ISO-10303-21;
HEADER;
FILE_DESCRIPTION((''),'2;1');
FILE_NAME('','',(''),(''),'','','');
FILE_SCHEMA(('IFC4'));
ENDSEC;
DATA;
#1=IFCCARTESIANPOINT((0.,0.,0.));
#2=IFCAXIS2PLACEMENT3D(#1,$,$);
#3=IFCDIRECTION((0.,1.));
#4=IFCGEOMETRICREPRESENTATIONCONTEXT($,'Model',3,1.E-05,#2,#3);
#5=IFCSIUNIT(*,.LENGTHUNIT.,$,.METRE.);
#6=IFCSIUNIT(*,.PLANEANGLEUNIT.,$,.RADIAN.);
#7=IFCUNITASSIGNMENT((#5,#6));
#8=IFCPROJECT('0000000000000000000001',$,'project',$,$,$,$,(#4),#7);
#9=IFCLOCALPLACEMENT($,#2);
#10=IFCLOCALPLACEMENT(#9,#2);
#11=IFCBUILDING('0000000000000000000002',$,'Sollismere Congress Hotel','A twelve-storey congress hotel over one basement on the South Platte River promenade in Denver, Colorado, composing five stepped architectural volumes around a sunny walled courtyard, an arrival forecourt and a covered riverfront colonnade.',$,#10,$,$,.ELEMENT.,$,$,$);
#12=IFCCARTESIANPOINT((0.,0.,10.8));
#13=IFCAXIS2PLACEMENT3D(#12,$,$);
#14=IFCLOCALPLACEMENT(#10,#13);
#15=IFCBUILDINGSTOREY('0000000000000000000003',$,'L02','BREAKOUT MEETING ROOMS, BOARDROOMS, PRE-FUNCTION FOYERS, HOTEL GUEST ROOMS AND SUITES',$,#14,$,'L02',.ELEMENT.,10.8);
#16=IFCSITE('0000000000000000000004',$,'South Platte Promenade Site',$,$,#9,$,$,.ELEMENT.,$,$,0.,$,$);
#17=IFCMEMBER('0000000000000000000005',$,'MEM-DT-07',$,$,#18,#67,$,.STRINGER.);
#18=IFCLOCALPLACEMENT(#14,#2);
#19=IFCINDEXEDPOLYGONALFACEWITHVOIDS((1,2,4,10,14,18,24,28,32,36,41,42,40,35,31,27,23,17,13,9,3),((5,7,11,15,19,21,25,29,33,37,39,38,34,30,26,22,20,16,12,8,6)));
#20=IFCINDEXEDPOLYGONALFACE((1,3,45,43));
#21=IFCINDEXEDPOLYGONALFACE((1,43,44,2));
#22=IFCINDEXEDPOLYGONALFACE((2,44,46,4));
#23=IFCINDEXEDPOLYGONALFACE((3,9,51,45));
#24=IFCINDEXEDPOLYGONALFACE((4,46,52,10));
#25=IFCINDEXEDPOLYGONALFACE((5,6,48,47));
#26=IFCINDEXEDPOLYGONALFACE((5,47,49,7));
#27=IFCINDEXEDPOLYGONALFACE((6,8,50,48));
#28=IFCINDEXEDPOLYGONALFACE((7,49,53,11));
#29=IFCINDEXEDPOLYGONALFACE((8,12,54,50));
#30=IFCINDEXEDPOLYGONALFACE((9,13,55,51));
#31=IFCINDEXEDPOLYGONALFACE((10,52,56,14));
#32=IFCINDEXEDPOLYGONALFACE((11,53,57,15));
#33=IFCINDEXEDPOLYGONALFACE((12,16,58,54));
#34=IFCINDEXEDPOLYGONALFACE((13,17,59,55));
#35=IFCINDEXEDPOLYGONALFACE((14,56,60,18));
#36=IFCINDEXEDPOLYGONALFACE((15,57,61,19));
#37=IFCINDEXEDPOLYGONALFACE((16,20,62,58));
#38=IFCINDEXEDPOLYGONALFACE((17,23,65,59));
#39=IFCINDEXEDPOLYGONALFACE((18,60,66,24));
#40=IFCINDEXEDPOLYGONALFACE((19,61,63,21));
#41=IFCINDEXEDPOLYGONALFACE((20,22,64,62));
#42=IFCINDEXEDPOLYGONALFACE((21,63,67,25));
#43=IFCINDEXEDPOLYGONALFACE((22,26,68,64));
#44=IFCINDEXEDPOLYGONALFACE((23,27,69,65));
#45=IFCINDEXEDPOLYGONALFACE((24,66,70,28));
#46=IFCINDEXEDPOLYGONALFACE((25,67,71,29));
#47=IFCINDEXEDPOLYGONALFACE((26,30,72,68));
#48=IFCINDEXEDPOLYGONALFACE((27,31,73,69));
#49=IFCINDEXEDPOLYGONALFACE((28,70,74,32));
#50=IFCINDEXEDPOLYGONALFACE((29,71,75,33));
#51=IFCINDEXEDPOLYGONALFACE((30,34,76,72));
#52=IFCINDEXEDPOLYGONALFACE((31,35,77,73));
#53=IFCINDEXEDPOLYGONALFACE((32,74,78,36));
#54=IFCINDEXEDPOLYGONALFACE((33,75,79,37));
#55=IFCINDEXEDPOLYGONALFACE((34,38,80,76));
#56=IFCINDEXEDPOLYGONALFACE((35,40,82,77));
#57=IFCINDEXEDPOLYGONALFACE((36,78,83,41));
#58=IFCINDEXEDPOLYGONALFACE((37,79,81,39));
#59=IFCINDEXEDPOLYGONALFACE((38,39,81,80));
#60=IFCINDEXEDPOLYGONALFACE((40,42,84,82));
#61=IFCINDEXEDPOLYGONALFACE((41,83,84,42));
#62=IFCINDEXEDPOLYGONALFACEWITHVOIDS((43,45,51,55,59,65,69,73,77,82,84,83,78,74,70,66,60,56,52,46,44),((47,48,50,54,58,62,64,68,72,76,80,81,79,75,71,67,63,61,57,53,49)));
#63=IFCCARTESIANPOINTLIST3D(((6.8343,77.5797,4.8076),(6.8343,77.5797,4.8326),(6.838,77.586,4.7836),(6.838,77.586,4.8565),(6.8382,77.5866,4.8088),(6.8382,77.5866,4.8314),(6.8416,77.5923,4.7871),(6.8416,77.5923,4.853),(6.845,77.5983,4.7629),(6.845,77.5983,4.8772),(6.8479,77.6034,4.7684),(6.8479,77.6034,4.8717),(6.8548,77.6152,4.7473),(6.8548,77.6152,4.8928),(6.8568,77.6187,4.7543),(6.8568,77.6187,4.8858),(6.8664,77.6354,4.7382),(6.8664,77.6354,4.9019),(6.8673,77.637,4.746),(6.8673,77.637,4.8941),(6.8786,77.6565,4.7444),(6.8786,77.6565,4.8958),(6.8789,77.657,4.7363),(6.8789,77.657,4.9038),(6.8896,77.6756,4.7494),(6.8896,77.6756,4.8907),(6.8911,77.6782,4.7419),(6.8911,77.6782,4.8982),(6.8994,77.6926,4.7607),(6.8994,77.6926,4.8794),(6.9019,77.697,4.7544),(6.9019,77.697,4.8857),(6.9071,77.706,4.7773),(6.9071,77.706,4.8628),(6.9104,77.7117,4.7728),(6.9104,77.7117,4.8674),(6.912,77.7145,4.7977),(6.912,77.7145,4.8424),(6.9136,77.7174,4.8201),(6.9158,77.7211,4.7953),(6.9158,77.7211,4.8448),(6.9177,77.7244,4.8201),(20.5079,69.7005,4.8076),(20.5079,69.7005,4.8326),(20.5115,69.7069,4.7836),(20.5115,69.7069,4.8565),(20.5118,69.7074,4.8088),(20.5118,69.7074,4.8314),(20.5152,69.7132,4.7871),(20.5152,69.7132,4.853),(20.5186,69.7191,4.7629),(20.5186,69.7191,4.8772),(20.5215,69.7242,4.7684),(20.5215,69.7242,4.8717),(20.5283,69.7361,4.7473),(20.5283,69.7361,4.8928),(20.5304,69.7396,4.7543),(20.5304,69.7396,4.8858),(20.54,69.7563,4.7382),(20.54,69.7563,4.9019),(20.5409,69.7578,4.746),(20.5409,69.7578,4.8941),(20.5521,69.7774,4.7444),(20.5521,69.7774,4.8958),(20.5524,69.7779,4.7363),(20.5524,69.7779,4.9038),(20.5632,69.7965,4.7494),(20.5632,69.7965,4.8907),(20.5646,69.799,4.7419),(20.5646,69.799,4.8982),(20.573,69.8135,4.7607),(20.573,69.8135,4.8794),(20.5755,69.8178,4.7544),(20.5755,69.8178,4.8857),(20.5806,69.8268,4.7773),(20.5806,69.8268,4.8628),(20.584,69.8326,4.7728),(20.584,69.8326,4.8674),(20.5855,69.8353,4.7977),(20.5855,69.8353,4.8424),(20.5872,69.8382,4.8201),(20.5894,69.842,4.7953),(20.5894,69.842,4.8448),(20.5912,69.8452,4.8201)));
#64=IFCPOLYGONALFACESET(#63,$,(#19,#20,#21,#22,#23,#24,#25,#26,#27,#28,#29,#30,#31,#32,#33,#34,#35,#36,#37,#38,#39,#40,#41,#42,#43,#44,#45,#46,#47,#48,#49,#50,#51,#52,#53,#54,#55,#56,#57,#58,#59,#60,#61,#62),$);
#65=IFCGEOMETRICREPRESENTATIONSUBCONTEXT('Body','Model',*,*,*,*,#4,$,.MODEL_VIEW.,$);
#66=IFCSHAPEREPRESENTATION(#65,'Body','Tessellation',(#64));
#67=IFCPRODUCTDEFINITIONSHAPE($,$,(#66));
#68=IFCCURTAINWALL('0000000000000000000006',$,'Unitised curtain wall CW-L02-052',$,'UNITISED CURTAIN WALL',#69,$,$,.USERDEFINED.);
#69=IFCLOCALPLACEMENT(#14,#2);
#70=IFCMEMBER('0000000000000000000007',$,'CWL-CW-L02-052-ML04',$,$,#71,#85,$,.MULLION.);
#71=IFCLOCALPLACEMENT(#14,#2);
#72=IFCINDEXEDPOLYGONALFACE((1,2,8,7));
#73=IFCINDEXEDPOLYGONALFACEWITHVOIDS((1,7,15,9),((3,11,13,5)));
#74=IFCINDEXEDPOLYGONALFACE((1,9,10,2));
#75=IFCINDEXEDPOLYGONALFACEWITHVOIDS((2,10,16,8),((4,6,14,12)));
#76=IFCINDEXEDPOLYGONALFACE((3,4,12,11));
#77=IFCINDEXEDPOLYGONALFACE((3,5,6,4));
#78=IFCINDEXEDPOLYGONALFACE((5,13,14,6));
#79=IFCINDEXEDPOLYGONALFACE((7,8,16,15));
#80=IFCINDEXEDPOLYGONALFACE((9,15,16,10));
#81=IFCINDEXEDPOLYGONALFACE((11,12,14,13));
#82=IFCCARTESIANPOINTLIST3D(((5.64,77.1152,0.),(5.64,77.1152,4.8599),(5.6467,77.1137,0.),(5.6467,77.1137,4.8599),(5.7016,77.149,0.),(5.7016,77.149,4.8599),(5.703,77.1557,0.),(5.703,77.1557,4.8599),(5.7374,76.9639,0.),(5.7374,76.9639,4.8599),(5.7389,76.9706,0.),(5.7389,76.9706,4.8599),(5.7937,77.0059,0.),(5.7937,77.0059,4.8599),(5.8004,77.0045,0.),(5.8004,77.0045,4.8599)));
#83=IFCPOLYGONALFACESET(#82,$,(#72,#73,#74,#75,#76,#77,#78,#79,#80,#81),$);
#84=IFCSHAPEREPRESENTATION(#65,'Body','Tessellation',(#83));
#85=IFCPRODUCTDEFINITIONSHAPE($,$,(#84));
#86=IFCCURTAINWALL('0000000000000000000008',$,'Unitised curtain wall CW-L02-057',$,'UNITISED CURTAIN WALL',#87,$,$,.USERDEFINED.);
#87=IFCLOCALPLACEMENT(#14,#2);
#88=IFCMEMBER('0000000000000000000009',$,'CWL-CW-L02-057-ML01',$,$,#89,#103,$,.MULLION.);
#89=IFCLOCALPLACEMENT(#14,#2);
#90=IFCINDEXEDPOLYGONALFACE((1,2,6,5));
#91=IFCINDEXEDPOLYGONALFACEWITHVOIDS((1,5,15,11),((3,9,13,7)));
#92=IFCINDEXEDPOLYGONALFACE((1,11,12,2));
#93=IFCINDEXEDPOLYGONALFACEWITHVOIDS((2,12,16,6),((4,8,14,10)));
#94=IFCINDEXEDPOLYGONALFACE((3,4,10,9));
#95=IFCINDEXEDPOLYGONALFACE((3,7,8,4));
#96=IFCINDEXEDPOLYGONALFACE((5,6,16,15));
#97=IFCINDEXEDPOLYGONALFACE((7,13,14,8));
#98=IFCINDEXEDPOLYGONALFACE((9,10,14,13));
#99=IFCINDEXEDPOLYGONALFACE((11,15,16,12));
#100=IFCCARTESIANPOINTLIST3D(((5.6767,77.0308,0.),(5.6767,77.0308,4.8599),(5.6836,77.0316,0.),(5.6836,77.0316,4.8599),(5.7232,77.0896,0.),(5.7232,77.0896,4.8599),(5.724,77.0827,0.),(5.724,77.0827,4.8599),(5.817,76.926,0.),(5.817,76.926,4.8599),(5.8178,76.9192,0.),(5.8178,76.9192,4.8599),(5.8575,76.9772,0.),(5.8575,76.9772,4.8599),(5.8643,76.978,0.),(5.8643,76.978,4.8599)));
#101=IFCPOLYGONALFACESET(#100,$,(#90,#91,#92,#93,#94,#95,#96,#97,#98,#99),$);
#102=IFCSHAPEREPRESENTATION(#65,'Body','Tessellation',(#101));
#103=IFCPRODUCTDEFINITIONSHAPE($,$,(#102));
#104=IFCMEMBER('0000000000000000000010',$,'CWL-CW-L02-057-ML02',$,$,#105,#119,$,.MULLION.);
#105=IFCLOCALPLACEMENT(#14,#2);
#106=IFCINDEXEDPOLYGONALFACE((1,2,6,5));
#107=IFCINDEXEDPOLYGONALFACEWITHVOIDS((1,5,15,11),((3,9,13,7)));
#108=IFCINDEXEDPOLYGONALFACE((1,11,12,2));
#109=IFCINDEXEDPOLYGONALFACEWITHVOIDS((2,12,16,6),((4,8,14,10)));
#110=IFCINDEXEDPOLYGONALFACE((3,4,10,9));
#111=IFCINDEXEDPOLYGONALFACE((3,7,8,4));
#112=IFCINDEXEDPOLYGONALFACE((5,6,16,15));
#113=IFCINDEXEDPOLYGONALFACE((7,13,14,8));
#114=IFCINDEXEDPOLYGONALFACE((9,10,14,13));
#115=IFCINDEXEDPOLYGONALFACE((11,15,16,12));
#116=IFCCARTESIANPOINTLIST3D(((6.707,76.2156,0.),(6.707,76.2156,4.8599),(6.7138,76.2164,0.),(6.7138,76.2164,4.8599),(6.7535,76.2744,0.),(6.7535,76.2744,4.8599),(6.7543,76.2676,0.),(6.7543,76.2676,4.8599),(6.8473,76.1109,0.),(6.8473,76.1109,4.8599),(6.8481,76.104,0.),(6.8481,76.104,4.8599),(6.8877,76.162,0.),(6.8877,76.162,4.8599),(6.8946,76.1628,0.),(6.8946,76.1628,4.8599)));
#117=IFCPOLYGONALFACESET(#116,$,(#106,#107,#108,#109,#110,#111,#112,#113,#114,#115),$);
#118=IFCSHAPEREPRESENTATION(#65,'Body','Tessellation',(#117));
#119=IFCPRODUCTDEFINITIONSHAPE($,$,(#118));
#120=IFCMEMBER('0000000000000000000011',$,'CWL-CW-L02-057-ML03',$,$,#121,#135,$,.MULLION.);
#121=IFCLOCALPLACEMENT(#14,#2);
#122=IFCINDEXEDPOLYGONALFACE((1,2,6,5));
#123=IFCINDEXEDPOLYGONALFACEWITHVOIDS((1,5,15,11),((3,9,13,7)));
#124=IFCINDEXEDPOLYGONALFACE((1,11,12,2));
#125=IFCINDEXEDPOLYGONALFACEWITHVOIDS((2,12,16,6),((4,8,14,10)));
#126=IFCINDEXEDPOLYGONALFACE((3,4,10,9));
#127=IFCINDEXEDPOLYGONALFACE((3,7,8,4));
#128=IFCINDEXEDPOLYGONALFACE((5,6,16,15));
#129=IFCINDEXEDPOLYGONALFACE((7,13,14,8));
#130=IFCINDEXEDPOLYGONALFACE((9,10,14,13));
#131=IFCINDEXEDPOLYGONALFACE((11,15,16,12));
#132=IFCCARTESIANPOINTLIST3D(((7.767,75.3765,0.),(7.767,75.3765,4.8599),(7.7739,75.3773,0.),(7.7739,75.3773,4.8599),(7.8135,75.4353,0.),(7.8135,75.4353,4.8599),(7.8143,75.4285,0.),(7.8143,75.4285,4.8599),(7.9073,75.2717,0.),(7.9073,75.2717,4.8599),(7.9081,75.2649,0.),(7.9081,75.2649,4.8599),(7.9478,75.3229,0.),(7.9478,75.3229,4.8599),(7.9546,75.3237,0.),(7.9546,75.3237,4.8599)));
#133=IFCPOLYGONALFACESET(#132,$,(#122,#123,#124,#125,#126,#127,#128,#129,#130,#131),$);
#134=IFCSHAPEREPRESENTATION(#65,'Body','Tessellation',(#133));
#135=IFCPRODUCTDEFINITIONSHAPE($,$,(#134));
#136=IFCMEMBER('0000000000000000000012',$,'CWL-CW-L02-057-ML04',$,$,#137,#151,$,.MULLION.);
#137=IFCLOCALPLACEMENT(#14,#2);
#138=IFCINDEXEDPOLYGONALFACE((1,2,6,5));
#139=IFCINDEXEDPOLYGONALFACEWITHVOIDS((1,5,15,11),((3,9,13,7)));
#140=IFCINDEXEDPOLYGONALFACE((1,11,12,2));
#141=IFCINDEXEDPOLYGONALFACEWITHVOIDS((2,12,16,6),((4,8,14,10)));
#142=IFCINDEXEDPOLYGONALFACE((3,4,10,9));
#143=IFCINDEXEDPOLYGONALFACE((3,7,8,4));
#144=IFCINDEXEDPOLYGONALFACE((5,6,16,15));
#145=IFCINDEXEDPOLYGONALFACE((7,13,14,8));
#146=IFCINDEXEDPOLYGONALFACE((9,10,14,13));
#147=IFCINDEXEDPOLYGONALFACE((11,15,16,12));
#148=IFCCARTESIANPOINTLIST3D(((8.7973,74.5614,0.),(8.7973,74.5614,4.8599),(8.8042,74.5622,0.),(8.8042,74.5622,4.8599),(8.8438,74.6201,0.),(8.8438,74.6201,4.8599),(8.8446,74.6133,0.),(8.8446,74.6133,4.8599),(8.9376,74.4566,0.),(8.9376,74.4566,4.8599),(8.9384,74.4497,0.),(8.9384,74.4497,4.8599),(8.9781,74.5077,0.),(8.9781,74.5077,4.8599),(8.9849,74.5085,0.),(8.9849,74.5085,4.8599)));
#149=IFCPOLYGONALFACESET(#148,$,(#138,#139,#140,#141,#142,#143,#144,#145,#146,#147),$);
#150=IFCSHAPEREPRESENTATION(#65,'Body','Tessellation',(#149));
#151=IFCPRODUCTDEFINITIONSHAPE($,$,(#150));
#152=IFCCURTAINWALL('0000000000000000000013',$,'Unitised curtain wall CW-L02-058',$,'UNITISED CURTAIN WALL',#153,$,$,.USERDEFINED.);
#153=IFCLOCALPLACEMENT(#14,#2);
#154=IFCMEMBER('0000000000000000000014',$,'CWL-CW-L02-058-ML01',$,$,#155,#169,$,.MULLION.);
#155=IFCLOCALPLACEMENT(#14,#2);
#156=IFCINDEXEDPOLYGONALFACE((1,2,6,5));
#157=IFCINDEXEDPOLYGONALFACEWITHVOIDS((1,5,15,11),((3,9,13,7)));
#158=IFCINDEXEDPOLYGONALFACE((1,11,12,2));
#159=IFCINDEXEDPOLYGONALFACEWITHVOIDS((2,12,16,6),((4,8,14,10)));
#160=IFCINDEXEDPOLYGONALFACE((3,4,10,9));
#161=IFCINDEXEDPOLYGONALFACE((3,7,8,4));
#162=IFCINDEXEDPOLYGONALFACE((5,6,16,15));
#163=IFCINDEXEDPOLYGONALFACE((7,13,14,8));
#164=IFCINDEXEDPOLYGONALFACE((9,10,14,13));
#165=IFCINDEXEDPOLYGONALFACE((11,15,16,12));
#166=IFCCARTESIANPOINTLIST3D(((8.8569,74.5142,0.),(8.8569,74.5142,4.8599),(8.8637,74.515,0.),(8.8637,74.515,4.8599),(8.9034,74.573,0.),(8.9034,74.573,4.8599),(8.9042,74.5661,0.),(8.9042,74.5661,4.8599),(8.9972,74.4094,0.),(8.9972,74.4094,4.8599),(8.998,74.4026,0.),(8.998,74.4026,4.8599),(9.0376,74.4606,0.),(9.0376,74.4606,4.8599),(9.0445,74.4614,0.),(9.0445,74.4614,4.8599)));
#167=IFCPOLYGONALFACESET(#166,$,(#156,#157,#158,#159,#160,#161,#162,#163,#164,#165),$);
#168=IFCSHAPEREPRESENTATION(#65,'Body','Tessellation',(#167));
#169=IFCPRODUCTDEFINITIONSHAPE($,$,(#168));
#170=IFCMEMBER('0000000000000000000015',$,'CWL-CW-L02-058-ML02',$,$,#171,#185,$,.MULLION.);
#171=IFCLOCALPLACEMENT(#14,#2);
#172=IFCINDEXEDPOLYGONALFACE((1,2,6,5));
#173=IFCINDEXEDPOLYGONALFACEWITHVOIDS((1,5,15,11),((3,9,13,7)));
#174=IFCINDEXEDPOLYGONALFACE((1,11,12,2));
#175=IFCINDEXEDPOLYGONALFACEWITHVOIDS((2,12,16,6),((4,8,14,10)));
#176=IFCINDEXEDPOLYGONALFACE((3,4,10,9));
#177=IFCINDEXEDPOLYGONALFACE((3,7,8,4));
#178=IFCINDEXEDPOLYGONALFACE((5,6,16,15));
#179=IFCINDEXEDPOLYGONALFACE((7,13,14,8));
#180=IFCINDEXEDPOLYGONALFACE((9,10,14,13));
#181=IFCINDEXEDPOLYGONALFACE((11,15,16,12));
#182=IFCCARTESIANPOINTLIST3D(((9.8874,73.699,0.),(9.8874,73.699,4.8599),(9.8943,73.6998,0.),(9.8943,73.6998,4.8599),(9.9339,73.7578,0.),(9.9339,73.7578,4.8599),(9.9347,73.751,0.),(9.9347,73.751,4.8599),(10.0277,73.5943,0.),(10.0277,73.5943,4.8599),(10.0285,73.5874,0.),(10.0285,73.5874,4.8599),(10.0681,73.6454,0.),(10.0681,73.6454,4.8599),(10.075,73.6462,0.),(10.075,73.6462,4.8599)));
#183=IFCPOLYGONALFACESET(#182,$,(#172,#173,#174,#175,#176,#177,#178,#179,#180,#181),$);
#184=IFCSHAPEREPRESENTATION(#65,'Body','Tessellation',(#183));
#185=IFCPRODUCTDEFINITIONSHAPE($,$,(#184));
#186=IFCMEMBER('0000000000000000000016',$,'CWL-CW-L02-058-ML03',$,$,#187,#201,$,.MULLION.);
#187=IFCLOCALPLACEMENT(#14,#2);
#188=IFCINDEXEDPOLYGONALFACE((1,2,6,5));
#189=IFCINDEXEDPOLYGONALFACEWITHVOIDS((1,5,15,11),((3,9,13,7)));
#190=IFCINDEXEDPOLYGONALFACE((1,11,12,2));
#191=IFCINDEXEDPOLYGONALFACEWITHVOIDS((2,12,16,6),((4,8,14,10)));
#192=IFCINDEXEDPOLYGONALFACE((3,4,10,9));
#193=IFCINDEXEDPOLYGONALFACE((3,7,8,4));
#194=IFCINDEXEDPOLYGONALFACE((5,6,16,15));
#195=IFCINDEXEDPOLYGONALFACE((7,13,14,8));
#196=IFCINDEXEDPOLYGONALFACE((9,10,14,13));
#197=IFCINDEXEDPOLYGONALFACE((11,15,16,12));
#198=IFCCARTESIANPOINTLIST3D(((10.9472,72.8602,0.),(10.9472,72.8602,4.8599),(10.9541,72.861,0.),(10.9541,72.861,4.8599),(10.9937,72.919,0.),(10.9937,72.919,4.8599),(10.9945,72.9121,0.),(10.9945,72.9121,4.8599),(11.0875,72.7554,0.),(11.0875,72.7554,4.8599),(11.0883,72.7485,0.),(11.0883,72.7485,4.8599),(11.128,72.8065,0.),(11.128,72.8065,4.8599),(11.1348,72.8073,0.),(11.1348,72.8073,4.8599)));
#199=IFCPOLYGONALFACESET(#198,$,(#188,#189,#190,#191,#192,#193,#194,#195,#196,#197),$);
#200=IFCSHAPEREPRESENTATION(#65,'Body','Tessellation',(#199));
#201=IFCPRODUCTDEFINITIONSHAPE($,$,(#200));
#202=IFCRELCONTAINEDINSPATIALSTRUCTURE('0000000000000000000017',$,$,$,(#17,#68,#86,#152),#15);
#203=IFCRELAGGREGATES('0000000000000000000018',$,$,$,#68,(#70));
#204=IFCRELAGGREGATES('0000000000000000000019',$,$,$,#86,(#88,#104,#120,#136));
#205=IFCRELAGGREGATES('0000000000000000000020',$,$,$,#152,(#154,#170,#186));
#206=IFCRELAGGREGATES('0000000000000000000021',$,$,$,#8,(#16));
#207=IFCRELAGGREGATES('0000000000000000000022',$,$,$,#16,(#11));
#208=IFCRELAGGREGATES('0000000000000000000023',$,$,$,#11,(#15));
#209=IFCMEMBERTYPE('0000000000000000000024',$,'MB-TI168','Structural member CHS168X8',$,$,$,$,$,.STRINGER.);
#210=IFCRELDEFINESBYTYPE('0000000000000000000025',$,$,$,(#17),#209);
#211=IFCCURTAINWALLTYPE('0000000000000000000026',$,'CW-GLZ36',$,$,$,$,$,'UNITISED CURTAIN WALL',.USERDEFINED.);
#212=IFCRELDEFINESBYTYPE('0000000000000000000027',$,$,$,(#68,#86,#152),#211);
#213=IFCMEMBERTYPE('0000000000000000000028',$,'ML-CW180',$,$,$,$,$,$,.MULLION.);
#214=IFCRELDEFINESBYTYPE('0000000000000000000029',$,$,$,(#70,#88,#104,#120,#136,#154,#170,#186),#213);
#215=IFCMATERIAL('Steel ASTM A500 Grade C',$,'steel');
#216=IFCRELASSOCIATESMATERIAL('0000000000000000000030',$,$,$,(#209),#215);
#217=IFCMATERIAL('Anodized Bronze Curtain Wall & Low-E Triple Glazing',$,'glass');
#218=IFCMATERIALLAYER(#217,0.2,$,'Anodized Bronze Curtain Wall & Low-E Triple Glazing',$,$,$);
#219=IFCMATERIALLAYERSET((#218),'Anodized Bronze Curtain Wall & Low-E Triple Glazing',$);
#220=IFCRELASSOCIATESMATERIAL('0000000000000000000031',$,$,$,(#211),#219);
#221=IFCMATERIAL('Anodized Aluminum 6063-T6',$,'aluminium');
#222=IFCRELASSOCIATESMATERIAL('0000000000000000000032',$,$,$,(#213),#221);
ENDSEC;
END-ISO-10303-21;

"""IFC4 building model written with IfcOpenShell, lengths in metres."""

from ifc_helpers import new_model, si_unit, direction, frame, origin, origin_2d, place, context, subcontext, project, spatial, hollow_rectangle, hollow_circle, extrude, material, layer, layer_set, material_profile, profile_set, type_object, element, aggregate, save


model = new_model("IFC4")

# Units and contexts
model_context = context("Model", 3, precision=1e-05, world=origin(), true_north=direction((0.0, 1.0)))
body_context = subcontext(model_context, "Body", "Model", "MODEL_VIEW")
ifc_project = project(units=[si_unit("LENGTHUNIT", "METRE"), si_unit("PLANEANGLEUNIT", "RADIAN")], contexts=[model_context])

# Site, building, storey
site_placement = place(None, origin())
site = spatial("IfcSite", under=ifc_project, at=site_placement, Name="South Platte Promenade Site", CompositionType="ELEMENT", RefElevation=0.0)
building_placement = place(site_placement, origin())
building = spatial("IfcBuilding", under=site, at=building_placement, Name="Sollismere Congress Hotel", Description="A twelve-storey congress hotel over one basement on the South Platte River promenade in Denver, Colorado, composing five stepped architectural volumes around a sunny walled courtyard, an arrival forecourt and a covered riverfront colonnade.", CompositionType="ELEMENT")
storey_placement = place(building_placement, frame((0.0, 0.0, 10.8)))
storey = spatial("IfcBuildingStorey", under=building, at=storey_placement, Name="L02", Description="BREAKOUT MEETING ROOMS, BOARDROOMS, PRE-FUNCTION FOYERS, HOTEL GUEST ROOMS AND SUITES", LongName="L02", CompositionType="ELEMENT", Elevation=10.8)

# Shared definitions
ifc_material_1 = material(Name="Steel ASTM A500 Grade C", Category="steel")

# Member
ifc_material_profile_1 = material_profile(ifc_material_1, hollow_circle(Radius=0.084, WallThickness=0.0081, at=origin_2d()), Name="CHS168X8")
ifc_profile_set_1 = profile_set([ifc_material_profile_1], Name="Steel ASTM A500 Grade C")
member_type_1 = type_object("IfcMemberType", Name="MB-TI168", Description="Structural member CHS168X8", PredefinedType="STRINGER", material=ifc_profile_set_1)
member_1_placement = place(storey_placement, frame((6.8757, 77.6516, 4.8201), z_axis=(0.866445, -0.499273, 0.0), x_axis=(0.499273, 0.866445, 0.0)))
element("IfcMember", 1, at=member_1_placement, inside=storey, type_object=member_type_1, Name="MEM-DT-07", PredefinedType="STRINGER", context=body_context, shape_type="SweptSolid", body=[
    extrude(hollow_circle(Radius=0.084, WallThickness=0.0081, at=origin_2d()), origin(), (0.0, 0.0, 1.0), 15.7812),
])

# Curtain wall, member
ifc_material_2 = material(Name="Anodized Bronze Curtain Wall & Low-E Triple Glazing", Category="glass")
ifc_layer_1 = layer(ifc_material_2, 0.2, Name="Anodized Bronze Curtain Wall & Low-E Triple Glazing")
ifc_layer_set_1 = layer_set([ifc_layer_1], Name="Anodized Bronze Curtain Wall & Low-E Triple Glazing")
curtain_wall_type = type_object("IfcCurtainWallType", Name="CW-GLZ36", ElementType="UNITISED CURTAIN WALL", PredefinedType="USERDEFINED", material=ifc_layer_set_1)
curtain_wall_1_placement = place(storey_placement, origin())
curtain_wall_1 = element("IfcCurtainWall", 2, at=curtain_wall_1_placement, inside=storey, type_object=curtain_wall_type, Name="Unitised curtain wall CW-L02-052", ObjectType="UNITISED CURTAIN WALL", PredefinedType="USERDEFINED")
ifc_material_3 = material(Name="Anodized Aluminum 6063-T6", Category="aluminium")
ifc_material_profile_2 = material_profile(ifc_material_3, hollow_rectangle(XDim=0.075, YDim=0.1799, WallThickness=0.0049, at=origin_2d()), Name="ALU180X75X5")
ifc_profile_set_2 = profile_set([ifc_material_profile_2], Name="Anodized Aluminum 6063-T6")
member_type_2 = type_object("IfcMemberType", Name="ML-CW180", PredefinedType="MULLION", material=ifc_profile_set_2)
member_2_placement = place(storey_placement, frame((5.7202, 77.0598, 0.0), z_axis=(0.0, 0.0, 1.0), x_axis=(0.840775, 0.541385, 0.0)))
member_2 = element("IfcMember", 3, at=member_2_placement, type_object=member_type_2, Name="CWL-CW-L02-052-ML04", PredefinedType="MULLION", context=body_context, shape_type="SweptSolid", body=[
    extrude(hollow_rectangle(XDim=0.075, YDim=0.1799, WallThickness=0.0049, at=origin_2d()), origin(), (0.0, 0.0, 1.0), 4.8599),
])

# Curtain walls, members
curtain_wall_2_placement = place(storey_placement, origin())
curtain_wall_2 = element("IfcCurtainWall", 4, at=curtain_wall_2_placement, inside=storey, type_object=curtain_wall_type, Name="Unitised curtain wall CW-L02-057", ObjectType="UNITISED CURTAIN WALL", PredefinedType="USERDEFINED")
member_3_placement = place(storey_placement, frame((5.7705, 77.0044, 0.0), z_axis=(0.0, 0.0, 1.0), x_axis=(0.620532, 0.784181, 0.0)))
member_3 = element("IfcMember", 5, at=member_3_placement, type_object=member_type_2, Name="CWL-CW-L02-057-ML01", PredefinedType="MULLION", context=body_context, shape_type="SweptSolid", body=[
    extrude(hollow_rectangle(XDim=0.075, YDim=0.1799, WallThickness=0.0049, at=origin_2d()), origin(), (0.0, 0.0, 1.0), 4.8599),
])
member_4_placement = place(storey_placement, frame((6.8008, 76.1892, 0.0), z_axis=(0.0, 0.0, 1.0), x_axis=(0.620532, 0.784181, 0.0)))
member_4 = element("IfcMember", 6, at=member_4_placement, type_object=member_type_2, Name="CWL-CW-L02-057-ML02", PredefinedType="MULLION", context=body_context, shape_type="SweptSolid", body=[
    extrude(hollow_rectangle(XDim=0.075, YDim=0.1799, WallThickness=0.0049, at=origin_2d()), origin(), (0.0, 0.0, 1.0), 4.8599),
])
member_5_placement = place(storey_placement, frame((7.8608, 75.3501, 0.0), z_axis=(0.0, 0.0, 1.0), x_axis=(0.620532, 0.784181, 0.0)))
member_5 = element("IfcMember", 7, at=member_5_placement, type_object=member_type_2, Name="CWL-CW-L02-057-ML03", PredefinedType="MULLION", context=body_context, shape_type="SweptSolid", body=[
    extrude(hollow_rectangle(XDim=0.075, YDim=0.1799, WallThickness=0.0049, at=origin_2d()), origin(), (0.0, 0.0, 1.0), 4.8599),
])
member_6_placement = place(storey_placement, frame((8.8911, 74.5349, 0.0), z_axis=(0.0, 0.0, 1.0), x_axis=(0.620532, 0.784181, 0.0)))
member_6 = element("IfcMember", 8, at=member_6_placement, type_object=member_type_2, Name="CWL-CW-L02-057-ML04", PredefinedType="MULLION", context=body_context, shape_type="SweptSolid", body=[
    extrude(hollow_rectangle(XDim=0.075, YDim=0.1799, WallThickness=0.0049, at=origin_2d()), origin(), (0.0, 0.0, 1.0), 4.8599),
])
curtain_wall_3_placement = place(storey_placement, origin())
curtain_wall_3 = element("IfcCurtainWall", 9, at=curtain_wall_3_placement, inside=storey, type_object=curtain_wall_type, Name="Unitised curtain wall CW-L02-058", ObjectType="UNITISED CURTAIN WALL", PredefinedType="USERDEFINED")
member_7_placement = place(storey_placement, frame((8.9507, 74.4878, 0.0), z_axis=(0.0, 0.0, 1.0), x_axis=(0.620532, 0.784181, 0.0)))
member_7 = element("IfcMember", 10, at=member_7_placement, type_object=member_type_2, Name="CWL-CW-L02-058-ML01", PredefinedType="MULLION", context=body_context, shape_type="SweptSolid", body=[
    extrude(hollow_rectangle(XDim=0.075, YDim=0.1799, WallThickness=0.0049, at=origin_2d()), origin(), (0.0, 0.0, 1.0), 4.8599),
])
member_8_placement = place(storey_placement, frame((9.9812, 73.6726, 0.0), z_axis=(0.0, 0.0, 1.0), x_axis=(0.620532, 0.784181, 0.0)))
member_8 = element("IfcMember", 11, at=member_8_placement, type_object=member_type_2, Name="CWL-CW-L02-058-ML02", PredefinedType="MULLION", context=body_context, shape_type="SweptSolid", body=[
    extrude(hollow_rectangle(XDim=0.075, YDim=0.1799, WallThickness=0.0049, at=origin_2d()), origin(), (0.0, 0.0, 1.0), 4.8599),
])
member_9_placement = place(storey_placement, frame((11.041, 72.8337, 0.0), z_axis=(0.0, 0.0, 1.0), x_axis=(0.620532, 0.784181, 0.0)))
member_9 = element("IfcMember", 12, at=member_9_placement, type_object=member_type_2, Name="CWL-CW-L02-058-ML03", PredefinedType="MULLION", context=body_context, shape_type="SweptSolid", body=[
    extrude(hollow_rectangle(XDim=0.075, YDim=0.1799, WallThickness=0.0049, at=origin_2d()), origin(), (0.0, 0.0, 1.0), 4.8599),
])

aggregate(curtain_wall_1, [member_2])
aggregate(curtain_wall_2, [member_3, member_4, member_5, member_6])
aggregate(curtain_wall_3, [member_7, member_8, member_9])

save(model, "model.ifc")
